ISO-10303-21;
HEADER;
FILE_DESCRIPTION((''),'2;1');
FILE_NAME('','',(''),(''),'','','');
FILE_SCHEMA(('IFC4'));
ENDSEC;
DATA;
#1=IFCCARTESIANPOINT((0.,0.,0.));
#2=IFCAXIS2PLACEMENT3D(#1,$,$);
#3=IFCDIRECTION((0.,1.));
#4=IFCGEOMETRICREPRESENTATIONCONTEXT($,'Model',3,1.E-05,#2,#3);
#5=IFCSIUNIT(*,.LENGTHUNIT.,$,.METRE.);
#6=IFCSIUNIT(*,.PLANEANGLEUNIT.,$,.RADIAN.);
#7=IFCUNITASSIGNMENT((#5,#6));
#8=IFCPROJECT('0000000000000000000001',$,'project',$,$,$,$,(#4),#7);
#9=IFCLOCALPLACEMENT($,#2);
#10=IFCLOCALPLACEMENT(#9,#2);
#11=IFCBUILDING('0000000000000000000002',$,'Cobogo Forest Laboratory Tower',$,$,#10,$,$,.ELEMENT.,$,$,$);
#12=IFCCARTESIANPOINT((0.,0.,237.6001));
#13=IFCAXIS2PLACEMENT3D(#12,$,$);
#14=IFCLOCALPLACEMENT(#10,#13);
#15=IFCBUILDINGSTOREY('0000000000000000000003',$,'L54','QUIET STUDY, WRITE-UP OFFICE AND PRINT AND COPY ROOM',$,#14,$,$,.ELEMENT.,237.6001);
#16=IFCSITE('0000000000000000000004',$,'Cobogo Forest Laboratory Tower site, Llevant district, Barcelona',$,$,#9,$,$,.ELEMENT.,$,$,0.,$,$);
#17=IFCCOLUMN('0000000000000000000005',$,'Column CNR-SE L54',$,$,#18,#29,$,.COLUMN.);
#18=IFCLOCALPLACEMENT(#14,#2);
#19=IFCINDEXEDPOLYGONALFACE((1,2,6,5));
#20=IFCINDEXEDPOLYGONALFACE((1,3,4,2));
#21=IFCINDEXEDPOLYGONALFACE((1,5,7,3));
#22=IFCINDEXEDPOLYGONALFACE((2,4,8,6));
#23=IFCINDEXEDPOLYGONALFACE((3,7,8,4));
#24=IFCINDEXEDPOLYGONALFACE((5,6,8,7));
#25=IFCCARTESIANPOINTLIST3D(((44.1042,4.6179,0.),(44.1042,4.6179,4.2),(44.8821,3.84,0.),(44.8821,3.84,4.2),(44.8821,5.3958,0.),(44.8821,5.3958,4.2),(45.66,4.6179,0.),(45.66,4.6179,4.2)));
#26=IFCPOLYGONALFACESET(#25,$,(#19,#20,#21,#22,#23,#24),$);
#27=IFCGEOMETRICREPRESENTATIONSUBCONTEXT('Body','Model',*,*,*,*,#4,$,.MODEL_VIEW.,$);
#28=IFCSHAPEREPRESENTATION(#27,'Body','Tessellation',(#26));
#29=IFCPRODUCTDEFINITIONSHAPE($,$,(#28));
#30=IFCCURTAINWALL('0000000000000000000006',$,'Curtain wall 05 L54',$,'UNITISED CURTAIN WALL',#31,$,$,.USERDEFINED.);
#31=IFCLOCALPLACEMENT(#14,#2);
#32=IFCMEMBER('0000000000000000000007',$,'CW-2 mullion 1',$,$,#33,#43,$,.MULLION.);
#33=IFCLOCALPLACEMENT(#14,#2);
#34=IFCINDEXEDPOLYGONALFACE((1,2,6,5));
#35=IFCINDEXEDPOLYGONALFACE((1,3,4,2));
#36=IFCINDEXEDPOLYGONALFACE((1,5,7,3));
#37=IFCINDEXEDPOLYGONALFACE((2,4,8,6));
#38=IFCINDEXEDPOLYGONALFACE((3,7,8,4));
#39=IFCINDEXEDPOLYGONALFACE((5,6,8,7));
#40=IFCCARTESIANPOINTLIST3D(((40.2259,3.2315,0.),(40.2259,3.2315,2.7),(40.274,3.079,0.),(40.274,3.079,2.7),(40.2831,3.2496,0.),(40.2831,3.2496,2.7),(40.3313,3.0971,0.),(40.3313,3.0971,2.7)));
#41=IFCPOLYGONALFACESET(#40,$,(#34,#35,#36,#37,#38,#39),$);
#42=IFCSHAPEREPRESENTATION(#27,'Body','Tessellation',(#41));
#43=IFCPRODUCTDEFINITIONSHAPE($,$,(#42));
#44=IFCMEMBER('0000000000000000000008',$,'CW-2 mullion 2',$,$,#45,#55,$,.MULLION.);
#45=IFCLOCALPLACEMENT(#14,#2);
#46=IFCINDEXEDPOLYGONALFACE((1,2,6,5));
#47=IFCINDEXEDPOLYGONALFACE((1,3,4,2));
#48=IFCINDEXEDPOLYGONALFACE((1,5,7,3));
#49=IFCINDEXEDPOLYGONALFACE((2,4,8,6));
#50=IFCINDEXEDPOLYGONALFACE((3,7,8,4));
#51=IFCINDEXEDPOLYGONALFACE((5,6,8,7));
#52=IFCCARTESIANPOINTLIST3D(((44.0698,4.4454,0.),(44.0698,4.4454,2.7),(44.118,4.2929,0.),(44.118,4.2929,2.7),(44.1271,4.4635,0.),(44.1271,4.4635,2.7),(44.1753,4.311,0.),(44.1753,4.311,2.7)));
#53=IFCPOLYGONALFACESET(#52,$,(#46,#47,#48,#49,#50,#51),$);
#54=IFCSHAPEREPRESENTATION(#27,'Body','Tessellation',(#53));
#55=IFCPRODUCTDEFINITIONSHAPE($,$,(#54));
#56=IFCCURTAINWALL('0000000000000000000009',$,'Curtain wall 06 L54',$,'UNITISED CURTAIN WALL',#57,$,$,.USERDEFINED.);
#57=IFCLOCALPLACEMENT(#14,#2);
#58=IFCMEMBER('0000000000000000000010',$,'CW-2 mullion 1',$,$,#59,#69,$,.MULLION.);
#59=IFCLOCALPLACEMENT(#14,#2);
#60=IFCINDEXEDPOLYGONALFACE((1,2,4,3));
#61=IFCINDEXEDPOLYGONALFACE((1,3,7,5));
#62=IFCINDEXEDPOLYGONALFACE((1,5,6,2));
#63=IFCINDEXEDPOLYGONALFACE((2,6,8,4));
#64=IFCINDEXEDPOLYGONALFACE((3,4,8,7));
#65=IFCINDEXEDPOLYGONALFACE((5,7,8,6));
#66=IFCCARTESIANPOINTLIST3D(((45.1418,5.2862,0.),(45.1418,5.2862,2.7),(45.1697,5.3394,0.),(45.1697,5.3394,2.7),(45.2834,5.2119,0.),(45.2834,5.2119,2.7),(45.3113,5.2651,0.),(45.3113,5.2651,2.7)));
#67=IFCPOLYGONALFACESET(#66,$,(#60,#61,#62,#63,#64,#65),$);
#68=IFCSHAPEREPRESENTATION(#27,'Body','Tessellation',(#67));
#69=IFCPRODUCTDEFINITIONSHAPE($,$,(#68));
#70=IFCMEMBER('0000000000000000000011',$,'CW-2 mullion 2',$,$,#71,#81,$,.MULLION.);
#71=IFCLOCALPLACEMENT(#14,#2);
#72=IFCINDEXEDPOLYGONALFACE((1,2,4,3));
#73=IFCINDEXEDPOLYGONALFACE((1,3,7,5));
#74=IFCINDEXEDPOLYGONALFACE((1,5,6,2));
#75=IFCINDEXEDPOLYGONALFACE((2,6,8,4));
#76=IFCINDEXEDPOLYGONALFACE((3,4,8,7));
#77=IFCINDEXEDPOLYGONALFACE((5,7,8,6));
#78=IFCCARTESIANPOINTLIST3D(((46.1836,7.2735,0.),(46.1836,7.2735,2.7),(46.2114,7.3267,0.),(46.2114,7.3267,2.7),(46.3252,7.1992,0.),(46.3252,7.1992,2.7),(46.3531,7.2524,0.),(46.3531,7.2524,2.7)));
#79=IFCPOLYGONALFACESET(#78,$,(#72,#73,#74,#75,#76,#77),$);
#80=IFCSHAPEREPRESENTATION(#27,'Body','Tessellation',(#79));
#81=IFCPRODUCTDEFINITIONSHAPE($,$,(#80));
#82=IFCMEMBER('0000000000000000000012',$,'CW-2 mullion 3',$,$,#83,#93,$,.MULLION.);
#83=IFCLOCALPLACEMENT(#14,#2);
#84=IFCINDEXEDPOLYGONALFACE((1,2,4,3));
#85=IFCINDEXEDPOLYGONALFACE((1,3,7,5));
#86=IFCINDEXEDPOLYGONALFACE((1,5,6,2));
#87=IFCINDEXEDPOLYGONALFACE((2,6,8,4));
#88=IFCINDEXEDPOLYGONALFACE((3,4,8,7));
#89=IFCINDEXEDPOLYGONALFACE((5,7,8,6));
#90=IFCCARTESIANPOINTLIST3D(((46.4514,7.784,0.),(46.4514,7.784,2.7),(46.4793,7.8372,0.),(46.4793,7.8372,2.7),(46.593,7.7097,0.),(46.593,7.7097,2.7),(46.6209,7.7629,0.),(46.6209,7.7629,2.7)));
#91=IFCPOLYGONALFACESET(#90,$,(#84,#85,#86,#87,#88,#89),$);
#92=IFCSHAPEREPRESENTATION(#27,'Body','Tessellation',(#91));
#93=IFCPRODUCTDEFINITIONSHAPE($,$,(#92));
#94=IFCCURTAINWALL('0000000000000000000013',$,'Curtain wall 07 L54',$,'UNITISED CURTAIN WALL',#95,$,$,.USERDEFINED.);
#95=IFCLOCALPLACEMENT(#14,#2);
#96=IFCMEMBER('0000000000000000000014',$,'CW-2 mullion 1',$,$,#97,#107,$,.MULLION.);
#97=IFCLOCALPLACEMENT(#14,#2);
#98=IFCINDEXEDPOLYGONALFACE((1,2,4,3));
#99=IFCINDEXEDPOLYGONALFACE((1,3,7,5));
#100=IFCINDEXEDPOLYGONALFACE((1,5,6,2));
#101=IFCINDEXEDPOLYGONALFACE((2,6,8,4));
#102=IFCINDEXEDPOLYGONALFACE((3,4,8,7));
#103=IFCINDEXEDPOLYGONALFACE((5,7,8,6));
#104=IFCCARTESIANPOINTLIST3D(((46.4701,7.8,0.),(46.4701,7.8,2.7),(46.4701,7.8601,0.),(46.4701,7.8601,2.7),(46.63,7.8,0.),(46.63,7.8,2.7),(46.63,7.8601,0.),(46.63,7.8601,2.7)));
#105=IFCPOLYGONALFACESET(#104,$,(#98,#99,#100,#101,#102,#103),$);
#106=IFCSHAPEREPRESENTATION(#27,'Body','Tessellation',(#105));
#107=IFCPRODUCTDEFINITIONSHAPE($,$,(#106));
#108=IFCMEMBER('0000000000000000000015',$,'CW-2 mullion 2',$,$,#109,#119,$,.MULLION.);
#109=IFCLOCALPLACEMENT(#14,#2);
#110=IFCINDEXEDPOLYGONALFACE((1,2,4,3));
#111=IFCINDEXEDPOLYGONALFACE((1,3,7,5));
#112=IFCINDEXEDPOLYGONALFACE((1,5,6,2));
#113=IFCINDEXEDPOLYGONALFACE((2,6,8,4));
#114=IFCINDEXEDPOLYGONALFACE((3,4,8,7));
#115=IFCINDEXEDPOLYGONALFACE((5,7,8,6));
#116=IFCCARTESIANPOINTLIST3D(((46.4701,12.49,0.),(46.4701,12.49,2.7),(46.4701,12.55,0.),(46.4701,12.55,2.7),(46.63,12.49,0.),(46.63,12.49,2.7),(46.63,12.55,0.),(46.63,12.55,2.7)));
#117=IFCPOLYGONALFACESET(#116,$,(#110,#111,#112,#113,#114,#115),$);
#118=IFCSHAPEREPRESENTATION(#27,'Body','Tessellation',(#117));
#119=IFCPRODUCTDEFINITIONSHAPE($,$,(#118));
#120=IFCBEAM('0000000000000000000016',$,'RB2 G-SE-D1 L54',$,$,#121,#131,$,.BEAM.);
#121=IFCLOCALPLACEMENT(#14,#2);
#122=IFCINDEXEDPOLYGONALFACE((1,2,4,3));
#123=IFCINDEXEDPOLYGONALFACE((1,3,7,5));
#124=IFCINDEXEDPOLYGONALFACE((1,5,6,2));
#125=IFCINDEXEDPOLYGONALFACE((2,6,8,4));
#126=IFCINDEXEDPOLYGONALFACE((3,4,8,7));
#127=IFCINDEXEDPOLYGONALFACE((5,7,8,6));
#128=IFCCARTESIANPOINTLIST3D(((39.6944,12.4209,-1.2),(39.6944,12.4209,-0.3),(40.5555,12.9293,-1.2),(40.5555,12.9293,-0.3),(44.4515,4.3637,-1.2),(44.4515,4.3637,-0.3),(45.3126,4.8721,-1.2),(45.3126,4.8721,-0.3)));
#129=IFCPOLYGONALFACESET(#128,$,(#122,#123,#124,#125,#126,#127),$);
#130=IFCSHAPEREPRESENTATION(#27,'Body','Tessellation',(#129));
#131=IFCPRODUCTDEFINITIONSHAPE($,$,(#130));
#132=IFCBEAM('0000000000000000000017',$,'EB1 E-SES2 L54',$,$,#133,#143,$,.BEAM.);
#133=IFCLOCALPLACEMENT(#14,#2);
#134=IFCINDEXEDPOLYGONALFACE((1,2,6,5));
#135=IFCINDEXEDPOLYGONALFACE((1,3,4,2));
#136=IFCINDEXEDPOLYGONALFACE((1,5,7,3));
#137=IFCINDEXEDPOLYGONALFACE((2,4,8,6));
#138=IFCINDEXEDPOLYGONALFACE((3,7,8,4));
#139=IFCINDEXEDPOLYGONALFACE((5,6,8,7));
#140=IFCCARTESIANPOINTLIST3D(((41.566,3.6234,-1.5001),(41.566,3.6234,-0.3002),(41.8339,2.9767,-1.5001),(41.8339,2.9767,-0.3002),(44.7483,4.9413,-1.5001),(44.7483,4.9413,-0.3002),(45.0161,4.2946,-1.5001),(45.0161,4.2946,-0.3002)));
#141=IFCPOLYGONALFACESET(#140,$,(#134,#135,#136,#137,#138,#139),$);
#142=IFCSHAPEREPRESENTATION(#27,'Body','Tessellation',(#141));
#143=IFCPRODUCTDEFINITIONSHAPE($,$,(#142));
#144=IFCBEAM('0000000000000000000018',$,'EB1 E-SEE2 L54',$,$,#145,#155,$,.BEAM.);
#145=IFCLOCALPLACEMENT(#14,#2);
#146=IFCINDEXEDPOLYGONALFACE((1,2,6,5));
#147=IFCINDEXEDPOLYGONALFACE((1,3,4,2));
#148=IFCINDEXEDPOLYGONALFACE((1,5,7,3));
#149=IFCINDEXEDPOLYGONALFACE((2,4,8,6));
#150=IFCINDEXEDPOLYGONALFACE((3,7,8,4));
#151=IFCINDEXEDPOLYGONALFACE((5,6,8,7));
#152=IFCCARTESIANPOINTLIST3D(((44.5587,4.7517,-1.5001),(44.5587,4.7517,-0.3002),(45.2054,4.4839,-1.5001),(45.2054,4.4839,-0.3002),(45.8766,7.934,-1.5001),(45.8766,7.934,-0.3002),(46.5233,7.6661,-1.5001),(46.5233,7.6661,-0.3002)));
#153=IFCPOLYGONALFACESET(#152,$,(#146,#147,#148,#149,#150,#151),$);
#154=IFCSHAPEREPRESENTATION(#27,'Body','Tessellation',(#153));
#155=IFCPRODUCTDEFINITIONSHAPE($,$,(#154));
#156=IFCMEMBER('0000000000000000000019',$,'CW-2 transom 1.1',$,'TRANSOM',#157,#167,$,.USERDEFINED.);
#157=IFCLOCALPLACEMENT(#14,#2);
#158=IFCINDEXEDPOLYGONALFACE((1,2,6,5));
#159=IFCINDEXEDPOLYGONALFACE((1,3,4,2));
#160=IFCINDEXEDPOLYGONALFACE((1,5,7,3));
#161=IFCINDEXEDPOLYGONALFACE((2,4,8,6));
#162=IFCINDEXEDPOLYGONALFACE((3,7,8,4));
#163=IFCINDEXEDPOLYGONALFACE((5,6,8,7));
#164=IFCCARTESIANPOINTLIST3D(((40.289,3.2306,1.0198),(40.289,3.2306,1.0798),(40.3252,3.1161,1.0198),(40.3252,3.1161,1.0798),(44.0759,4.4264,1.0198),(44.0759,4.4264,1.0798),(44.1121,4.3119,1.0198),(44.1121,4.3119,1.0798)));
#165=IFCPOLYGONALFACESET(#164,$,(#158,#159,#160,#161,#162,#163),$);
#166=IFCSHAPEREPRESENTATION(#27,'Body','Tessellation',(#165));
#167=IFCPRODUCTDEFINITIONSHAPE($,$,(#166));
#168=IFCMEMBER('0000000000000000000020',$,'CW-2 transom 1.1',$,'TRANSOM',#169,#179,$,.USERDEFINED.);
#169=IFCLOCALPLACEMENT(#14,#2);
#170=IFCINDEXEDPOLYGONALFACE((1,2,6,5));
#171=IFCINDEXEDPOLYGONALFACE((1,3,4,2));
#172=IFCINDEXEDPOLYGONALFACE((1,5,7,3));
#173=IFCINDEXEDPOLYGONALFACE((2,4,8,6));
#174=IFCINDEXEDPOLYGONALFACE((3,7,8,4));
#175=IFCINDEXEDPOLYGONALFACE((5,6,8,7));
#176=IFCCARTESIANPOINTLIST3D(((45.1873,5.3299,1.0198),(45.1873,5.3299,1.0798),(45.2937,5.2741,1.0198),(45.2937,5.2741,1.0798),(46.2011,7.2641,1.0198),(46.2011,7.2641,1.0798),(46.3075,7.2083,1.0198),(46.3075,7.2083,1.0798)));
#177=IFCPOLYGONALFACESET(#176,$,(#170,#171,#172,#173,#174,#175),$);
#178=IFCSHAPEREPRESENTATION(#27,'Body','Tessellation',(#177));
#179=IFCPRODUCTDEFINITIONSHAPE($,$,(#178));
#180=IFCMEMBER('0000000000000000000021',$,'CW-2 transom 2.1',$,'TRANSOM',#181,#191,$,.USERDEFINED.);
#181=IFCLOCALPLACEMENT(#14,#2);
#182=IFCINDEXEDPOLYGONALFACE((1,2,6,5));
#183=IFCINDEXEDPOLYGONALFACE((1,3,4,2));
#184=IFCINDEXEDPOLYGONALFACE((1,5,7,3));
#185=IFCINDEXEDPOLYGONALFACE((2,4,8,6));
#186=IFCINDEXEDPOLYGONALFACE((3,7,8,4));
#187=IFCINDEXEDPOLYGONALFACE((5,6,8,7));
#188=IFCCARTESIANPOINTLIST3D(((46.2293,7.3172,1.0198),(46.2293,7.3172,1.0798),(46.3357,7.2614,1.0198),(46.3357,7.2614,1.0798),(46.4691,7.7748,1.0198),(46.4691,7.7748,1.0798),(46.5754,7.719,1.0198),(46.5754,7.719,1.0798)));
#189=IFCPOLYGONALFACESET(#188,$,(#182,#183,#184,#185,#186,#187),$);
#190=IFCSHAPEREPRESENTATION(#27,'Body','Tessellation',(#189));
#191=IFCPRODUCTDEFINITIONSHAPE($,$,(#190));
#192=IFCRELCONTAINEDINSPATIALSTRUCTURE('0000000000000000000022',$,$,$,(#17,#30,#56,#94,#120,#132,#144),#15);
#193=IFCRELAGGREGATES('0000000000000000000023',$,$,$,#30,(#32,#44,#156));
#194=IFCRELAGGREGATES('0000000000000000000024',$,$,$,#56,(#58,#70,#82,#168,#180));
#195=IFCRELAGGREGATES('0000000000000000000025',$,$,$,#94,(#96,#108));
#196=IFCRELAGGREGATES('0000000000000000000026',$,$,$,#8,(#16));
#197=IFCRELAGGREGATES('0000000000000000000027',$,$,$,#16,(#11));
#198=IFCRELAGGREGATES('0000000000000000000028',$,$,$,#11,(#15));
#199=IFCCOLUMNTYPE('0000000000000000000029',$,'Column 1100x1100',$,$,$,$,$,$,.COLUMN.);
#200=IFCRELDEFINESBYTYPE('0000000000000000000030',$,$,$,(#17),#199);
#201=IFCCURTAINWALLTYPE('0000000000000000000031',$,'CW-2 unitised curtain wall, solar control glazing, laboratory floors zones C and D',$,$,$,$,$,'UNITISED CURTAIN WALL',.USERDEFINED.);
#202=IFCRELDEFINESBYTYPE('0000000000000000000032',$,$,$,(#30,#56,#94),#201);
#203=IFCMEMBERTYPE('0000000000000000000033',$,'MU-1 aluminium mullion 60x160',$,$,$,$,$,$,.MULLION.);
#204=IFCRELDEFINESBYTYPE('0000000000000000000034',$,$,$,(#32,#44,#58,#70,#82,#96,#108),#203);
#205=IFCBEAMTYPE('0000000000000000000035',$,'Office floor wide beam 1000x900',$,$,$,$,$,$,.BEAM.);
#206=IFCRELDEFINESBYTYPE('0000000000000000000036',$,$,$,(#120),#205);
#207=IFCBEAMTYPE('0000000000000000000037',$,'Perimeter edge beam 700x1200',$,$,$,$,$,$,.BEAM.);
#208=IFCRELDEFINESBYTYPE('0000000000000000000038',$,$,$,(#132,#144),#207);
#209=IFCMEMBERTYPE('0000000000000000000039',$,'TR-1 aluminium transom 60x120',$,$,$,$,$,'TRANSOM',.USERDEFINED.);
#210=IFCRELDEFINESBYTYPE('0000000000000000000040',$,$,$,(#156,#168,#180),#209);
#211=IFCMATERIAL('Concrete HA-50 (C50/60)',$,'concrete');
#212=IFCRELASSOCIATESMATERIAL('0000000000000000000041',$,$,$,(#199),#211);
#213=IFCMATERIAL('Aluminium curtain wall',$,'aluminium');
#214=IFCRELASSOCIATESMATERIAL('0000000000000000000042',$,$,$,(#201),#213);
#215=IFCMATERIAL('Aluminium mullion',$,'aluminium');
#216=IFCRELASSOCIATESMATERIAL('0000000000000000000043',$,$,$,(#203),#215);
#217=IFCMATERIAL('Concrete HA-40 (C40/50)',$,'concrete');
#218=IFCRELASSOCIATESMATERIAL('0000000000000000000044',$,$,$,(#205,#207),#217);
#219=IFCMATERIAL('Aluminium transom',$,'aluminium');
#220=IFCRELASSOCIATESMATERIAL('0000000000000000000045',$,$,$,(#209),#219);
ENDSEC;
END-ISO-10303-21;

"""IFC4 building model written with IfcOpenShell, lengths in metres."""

from ifc_helpers import new_model, si_unit, direction, frame, origin, origin_2d, place, context, subcontext, project, spatial, rectangle, extrude, material, material_profile, profile_set, type_object, element, aggregate, save


model = new_model("IFC4")

# Units and contexts
model_context = context("Model", 3, precision=1e-05, world=origin(), true_north=direction((0.0, 1.0)))
body_context = subcontext(model_context, "Body", "Model", "MODEL_VIEW")
ifc_project = project(units=[si_unit("LENGTHUNIT", "METRE"), si_unit("PLANEANGLEUNIT", "RADIAN")], contexts=[model_context])

# Site, building, storey
site_placement = place(None, origin())
site = spatial("IfcSite", under=ifc_project, at=site_placement, Name="Cobogo Forest Laboratory Tower site, Llevant district, Barcelona", CompositionType="ELEMENT", RefElevation=0.0)
building_placement = place(site_placement, origin())
building = spatial("IfcBuilding", under=site, at=building_placement, Name="Cobogo Forest Laboratory Tower", CompositionType="ELEMENT")
storey_placement = place(building_placement, frame((0.0, 0.0, 237.6001)))
storey = spatial("IfcBuildingStorey", under=building, at=storey_placement, Name="L54", Description="QUIET STUDY, WRITE-UP OFFICE AND PRINT AND COPY ROOM", CompositionType="ELEMENT", Elevation=237.6001)

# Column
ifc_material_1 = material(Name="Concrete HA-50 (C50/60)", Category="concrete")
ifc_material_profile_1 = material_profile(ifc_material_1, rectangle(XDim=1.1001, YDim=1.1001, at=origin_2d()), Name="RC 1100x1100")
ifc_profile_set_1 = profile_set([ifc_material_profile_1], Name="Concrete HA-50 (C50/60)")
column_type = type_object("IfcColumnType", Name="Column 1100x1100", PredefinedType="COLUMN", material=ifc_profile_set_1)
column_placement = place(storey_placement, frame((44.8821, 4.6179, 0.0), z_axis=(0.0, 0.0, 1.0), x_axis=(0.707107, 0.707107, 0.0)))
element("IfcColumn", 1, at=column_placement, inside=storey, type_object=column_type, Name="Column CNR-SE L54", PredefinedType="COLUMN", context=body_context, shape_type="SweptSolid", body=[
    extrude(rectangle(XDim=1.1001, YDim=1.1001, at=origin_2d()), origin(), (0.0, 0.0, 1.0), 4.2),
])

# Curtain walls, members
ifc_material_2 = material(Name="Aluminium curtain wall", Category="aluminium")
curtain_wall_type = type_object("IfcCurtainWallType", Name="CW-2 unitised curtain wall, solar control glazing, laboratory floors zones C and D", ElementType="UNITISED CURTAIN WALL", PredefinedType="USERDEFINED", material=ifc_material_2)
curtain_wall_1_placement = place(storey_placement, origin())
curtain_wall_1 = element("IfcCurtainWall", 2, at=curtain_wall_1_placement, inside=storey, type_object=curtain_wall_type, Name="Curtain wall 05 L54", ObjectType="UNITISED CURTAIN WALL", PredefinedType="USERDEFINED")
ifc_material_3 = material(Name="Aluminium mullion", Category="aluminium")
ifc_material_profile_2 = material_profile(ifc_material_3, rectangle(XDim=0.0601, YDim=0.1599, at=origin_2d()), Name="AL 60x160")
ifc_profile_set_2 = profile_set([ifc_material_profile_2], Name="Aluminium mullion")
member_type_1 = type_object("IfcMemberType", Name="MU-1 aluminium mullion 60x160", PredefinedType="MULLION", material=ifc_profile_set_2)
member_1_placement = place(storey_placement, frame((40.2786, 3.1643, 0.0), z_axis=(0.0, 0.0, 1.0), x_axis=(0.953581, 0.301136, 0.0)))
member_1 = element("IfcMember", 3, at=member_1_placement, type_object=member_type_1, Name="CW-2 mullion 1", PredefinedType="MULLION", context=body_context, shape_type="SweptSolid", body=[
    extrude(rectangle(XDim=0.0601, YDim=0.1599, at=origin_2d()), origin(), (0.0, 0.0, 1.0), 2.7),
])
member_2_placement = place(storey_placement, frame((44.1226, 4.3782, 0.0), z_axis=(0.0, 0.0, 1.0), x_axis=(0.953581, 0.301136, 0.0)))
member_2 = element("IfcMember", 4, at=member_2_placement, type_object=member_type_1, Name="CW-2 mullion 2", PredefinedType="MULLION", context=body_context, shape_type="SweptSolid", body=[
    extrude(rectangle(XDim=0.0601, YDim=0.1599, at=origin_2d()), origin(), (0.0, 0.0, 1.0), 2.7),
])
curtain_wall_2_placement = place(storey_placement, origin())
curtain_wall_2 = element("IfcCurtainWall", 5, at=curtain_wall_2_placement, inside=storey, type_object=curtain_wall_type, Name="Curtain wall 06 L54", ObjectType="UNITISED CURTAIN WALL", PredefinedType="USERDEFINED")
member_3_placement = place(storey_placement, frame((45.2266, 5.2756, 0.0), z_axis=(0.0, 0.0, 1.0), x_axis=(0.464284, 0.885686, 0.0)))
member_3 = element("IfcMember", 6, at=member_3_placement, type_object=member_type_1, Name="CW-2 mullion 1", PredefinedType="MULLION", context=body_context, shape_type="SweptSolid", body=[
    extrude(rectangle(XDim=0.0601, YDim=0.1599, at=origin_2d()), origin(), (0.0, 0.0, 1.0), 2.7),
])
member_4_placement = place(storey_placement, frame((46.2683, 7.2629, 0.0), z_axis=(0.0, 0.0, 1.0), x_axis=(0.464284, 0.885686, 0.0)))
member_4 = element("IfcMember", 7, at=member_4_placement, type_object=member_type_1, Name="CW-2 mullion 2", PredefinedType="MULLION", context=body_context, shape_type="SweptSolid", body=[
    extrude(rectangle(XDim=0.0601, YDim=0.1599, at=origin_2d()), origin(), (0.0, 0.0, 1.0), 2.7),
])
member_5_placement = place(storey_placement, frame((46.5361, 7.7734, 0.0), z_axis=(0.0, 0.0, 1.0), x_axis=(0.464284, 0.885686, 0.0)))
member_5 = element("IfcMember", 8, at=member_5_placement, type_object=member_type_1, Name="CW-2 mullion 3", PredefinedType="MULLION", context=body_context, shape_type="SweptSolid", body=[
    extrude(rectangle(XDim=0.0601, YDim=0.1599, at=origin_2d()), origin(), (0.0, 0.0, 1.0), 2.7),
])
curtain_wall_3_placement = place(storey_placement, origin())
curtain_wall_3 = element("IfcCurtainWall", 9, at=curtain_wall_3_placement, inside=storey, type_object=curtain_wall_type, Name="Curtain wall 07 L54", ObjectType="UNITISED CURTAIN WALL", PredefinedType="USERDEFINED")
member_6_placement = place(storey_placement, frame((46.55, 7.8301, 0.0), z_axis=(0.0, 0.0, 1.0), x_axis=(0.0, 1.0, 0.0)))
member_6 = element("IfcMember", 10, at=member_6_placement, type_object=member_type_1, Name="CW-2 mullion 1", PredefinedType="MULLION", context=body_context, shape_type="SweptSolid", body=[
    extrude(rectangle(XDim=0.0601, YDim=0.1599, at=origin_2d()), origin(), (0.0, 0.0, 1.0), 2.7),
])
member_7_placement = place(storey_placement, frame((46.55, 12.52, 0.0), z_axis=(0.0, 0.0, 1.0), x_axis=(0.0, 1.0, 0.0)))
member_7 = element("IfcMember", 11, at=member_7_placement, type_object=member_type_1, Name="CW-2 mullion 2", PredefinedType="MULLION", context=body_context, shape_type="SweptSolid", body=[
    extrude(rectangle(XDim=0.0601, YDim=0.1599, at=origin_2d()), origin(), (0.0, 0.0, 1.0), 2.7),
])

# Beams
ifc_material_4 = material(Name="Concrete HA-40 (C40/50)", Category="concrete")
ifc_material_profile_3 = material_profile(ifc_material_4, rectangle(XDim=1.0, YDim=0.8999, at=origin_2d()), Name="RC 1000x900")
ifc_profile_set_3 = profile_set([ifc_material_profile_3], Name="Concrete HA-40 (C40/50)")
beam_type_1 = type_object("IfcBeamType", Name="Office floor wide beam 1000x900", PredefinedType="BEAM", material=ifc_profile_set_3)
beam_placement = place(storey_placement, frame((44.8821, 4.6179, -0.75), z_axis=(-0.508416, 0.861111, 0.0), x_axis=(-0.861111, -0.508416, 0.0)))
element("IfcBeam", 12, at=beam_placement, inside=storey, type_object=beam_type_1, Name="RB2 G-SE-D1 L54", PredefinedType="BEAM", context=body_context, shape_type="SweptSolid", body=[
    extrude(rectangle(XDim=1.0, YDim=0.8999, at=origin_2d()), origin(), (0.0, 0.0, 1.0), 9.3567),
])
ifc_material_profile_4 = material_profile(ifc_material_4, rectangle(XDim=0.7, YDim=1.2, at=origin_2d()), Name="RC 700x1200")
ifc_profile_set_4 = profile_set([ifc_material_profile_4], Name="Concrete HA-40 (C40/50)")
beam_type_2 = type_object("IfcBeamType", Name="Perimeter edge beam 700x1200", PredefinedType="BEAM", material=ifc_profile_set_4)
for number, where, z_axis, x_axis, name in (
    (13, (41.7, 3.3, -0.9001), (0.923901, 0.382631, 0.0), (-0.382631, 0.923901, 0.0), "EB1 E-SES2 L54"),
    (14, (46.2, 7.8, -0.9001), (-0.382631, -0.923901, 0.0), (0.923901, -0.382631, 0.0), "EB1 E-SEE2 L54"),
):
    element("IfcBeam", number, at=place(storey_placement, frame(where, z_axis=z_axis, x_axis=x_axis)), inside=storey, type_object=beam_type_2, Name=name, PredefinedType="BEAM", context=body_context, shape_type="SweptSolid", body=[
        extrude(rectangle(XDim=0.7, YDim=1.2, at=origin_2d()), origin(), (0.0, 0.0, 1.0), 3.4443),
    ])

# Members
ifc_material_5 = material(Name="Aluminium transom", Category="aluminium")
ifc_material_profile_5 = material_profile(ifc_material_5, rectangle(XDim=0.1201, YDim=0.0601, at=origin_2d()), Name="AL 60x120")
ifc_profile_set_5 = profile_set([ifc_material_profile_5], Name="Aluminium transom")
member_type_2 = type_object("IfcMemberType", Name="TR-1 aluminium transom 60x120", ElementType="TRANSOM", PredefinedType="USERDEFINED", material=ifc_profile_set_5)
member_8_placement = place(storey_placement, frame((40.3071, 3.1733, 1.0498), z_axis=(0.953586, 0.30112, 0.0), x_axis=(-0.30112, 0.953586, 0.0)))
member_8 = element("IfcMember", 15, at=member_8_placement, type_object=member_type_2, Name="CW-2 transom 1.1", ObjectType="TRANSOM", PredefinedType="USERDEFINED", context=body_context, shape_type="SweptSolid", body=[
    extrude(rectangle(XDim=0.1201, YDim=0.0601, at=origin_2d()), origin(), (0.0, 0.0, 1.0), 3.9712),
])
member_9_placement = place(storey_placement, frame((45.2405, 5.302, 1.0498), z_axis=(0.464258, 0.8857, 0.0), x_axis=(-0.8857, 0.464258, 0.0)))
member_9 = element("IfcMember", 16, at=member_9_placement, type_object=member_type_2, Name="CW-2 transom 1.1", ObjectType="TRANSOM", PredefinedType="USERDEFINED", context=body_context, shape_type="SweptSolid", body=[
    extrude(rectangle(XDim=0.1201, YDim=0.0601, at=origin_2d()), origin(), (0.0, 0.0, 1.0), 2.1838),
])
member_10_placement = place(storey_placement, frame((46.2825, 7.2893, 1.0498), z_axis=(0.464148, 0.885758, 0.0), x_axis=(-0.885758, 0.464148, 0.0)))
member_10 = element("IfcMember", 17, at=member_10_placement, type_object=member_type_2, Name="CW-2 transom 2.1", ObjectType="TRANSOM", PredefinedType="USERDEFINED", context=body_context, shape_type="SweptSolid", body=[
    extrude(rectangle(XDim=0.1201, YDim=0.0601, at=origin_2d()), origin(), (0.0, 0.0, 1.0), 0.5166),
])

aggregate(curtain_wall_1, [member_1, member_2, member_8])
aggregate(curtain_wall_2, [member_3, member_4, member_5, member_9, member_10])
aggregate(curtain_wall_3, [member_6, member_7])

save(model, "model.ifc")
